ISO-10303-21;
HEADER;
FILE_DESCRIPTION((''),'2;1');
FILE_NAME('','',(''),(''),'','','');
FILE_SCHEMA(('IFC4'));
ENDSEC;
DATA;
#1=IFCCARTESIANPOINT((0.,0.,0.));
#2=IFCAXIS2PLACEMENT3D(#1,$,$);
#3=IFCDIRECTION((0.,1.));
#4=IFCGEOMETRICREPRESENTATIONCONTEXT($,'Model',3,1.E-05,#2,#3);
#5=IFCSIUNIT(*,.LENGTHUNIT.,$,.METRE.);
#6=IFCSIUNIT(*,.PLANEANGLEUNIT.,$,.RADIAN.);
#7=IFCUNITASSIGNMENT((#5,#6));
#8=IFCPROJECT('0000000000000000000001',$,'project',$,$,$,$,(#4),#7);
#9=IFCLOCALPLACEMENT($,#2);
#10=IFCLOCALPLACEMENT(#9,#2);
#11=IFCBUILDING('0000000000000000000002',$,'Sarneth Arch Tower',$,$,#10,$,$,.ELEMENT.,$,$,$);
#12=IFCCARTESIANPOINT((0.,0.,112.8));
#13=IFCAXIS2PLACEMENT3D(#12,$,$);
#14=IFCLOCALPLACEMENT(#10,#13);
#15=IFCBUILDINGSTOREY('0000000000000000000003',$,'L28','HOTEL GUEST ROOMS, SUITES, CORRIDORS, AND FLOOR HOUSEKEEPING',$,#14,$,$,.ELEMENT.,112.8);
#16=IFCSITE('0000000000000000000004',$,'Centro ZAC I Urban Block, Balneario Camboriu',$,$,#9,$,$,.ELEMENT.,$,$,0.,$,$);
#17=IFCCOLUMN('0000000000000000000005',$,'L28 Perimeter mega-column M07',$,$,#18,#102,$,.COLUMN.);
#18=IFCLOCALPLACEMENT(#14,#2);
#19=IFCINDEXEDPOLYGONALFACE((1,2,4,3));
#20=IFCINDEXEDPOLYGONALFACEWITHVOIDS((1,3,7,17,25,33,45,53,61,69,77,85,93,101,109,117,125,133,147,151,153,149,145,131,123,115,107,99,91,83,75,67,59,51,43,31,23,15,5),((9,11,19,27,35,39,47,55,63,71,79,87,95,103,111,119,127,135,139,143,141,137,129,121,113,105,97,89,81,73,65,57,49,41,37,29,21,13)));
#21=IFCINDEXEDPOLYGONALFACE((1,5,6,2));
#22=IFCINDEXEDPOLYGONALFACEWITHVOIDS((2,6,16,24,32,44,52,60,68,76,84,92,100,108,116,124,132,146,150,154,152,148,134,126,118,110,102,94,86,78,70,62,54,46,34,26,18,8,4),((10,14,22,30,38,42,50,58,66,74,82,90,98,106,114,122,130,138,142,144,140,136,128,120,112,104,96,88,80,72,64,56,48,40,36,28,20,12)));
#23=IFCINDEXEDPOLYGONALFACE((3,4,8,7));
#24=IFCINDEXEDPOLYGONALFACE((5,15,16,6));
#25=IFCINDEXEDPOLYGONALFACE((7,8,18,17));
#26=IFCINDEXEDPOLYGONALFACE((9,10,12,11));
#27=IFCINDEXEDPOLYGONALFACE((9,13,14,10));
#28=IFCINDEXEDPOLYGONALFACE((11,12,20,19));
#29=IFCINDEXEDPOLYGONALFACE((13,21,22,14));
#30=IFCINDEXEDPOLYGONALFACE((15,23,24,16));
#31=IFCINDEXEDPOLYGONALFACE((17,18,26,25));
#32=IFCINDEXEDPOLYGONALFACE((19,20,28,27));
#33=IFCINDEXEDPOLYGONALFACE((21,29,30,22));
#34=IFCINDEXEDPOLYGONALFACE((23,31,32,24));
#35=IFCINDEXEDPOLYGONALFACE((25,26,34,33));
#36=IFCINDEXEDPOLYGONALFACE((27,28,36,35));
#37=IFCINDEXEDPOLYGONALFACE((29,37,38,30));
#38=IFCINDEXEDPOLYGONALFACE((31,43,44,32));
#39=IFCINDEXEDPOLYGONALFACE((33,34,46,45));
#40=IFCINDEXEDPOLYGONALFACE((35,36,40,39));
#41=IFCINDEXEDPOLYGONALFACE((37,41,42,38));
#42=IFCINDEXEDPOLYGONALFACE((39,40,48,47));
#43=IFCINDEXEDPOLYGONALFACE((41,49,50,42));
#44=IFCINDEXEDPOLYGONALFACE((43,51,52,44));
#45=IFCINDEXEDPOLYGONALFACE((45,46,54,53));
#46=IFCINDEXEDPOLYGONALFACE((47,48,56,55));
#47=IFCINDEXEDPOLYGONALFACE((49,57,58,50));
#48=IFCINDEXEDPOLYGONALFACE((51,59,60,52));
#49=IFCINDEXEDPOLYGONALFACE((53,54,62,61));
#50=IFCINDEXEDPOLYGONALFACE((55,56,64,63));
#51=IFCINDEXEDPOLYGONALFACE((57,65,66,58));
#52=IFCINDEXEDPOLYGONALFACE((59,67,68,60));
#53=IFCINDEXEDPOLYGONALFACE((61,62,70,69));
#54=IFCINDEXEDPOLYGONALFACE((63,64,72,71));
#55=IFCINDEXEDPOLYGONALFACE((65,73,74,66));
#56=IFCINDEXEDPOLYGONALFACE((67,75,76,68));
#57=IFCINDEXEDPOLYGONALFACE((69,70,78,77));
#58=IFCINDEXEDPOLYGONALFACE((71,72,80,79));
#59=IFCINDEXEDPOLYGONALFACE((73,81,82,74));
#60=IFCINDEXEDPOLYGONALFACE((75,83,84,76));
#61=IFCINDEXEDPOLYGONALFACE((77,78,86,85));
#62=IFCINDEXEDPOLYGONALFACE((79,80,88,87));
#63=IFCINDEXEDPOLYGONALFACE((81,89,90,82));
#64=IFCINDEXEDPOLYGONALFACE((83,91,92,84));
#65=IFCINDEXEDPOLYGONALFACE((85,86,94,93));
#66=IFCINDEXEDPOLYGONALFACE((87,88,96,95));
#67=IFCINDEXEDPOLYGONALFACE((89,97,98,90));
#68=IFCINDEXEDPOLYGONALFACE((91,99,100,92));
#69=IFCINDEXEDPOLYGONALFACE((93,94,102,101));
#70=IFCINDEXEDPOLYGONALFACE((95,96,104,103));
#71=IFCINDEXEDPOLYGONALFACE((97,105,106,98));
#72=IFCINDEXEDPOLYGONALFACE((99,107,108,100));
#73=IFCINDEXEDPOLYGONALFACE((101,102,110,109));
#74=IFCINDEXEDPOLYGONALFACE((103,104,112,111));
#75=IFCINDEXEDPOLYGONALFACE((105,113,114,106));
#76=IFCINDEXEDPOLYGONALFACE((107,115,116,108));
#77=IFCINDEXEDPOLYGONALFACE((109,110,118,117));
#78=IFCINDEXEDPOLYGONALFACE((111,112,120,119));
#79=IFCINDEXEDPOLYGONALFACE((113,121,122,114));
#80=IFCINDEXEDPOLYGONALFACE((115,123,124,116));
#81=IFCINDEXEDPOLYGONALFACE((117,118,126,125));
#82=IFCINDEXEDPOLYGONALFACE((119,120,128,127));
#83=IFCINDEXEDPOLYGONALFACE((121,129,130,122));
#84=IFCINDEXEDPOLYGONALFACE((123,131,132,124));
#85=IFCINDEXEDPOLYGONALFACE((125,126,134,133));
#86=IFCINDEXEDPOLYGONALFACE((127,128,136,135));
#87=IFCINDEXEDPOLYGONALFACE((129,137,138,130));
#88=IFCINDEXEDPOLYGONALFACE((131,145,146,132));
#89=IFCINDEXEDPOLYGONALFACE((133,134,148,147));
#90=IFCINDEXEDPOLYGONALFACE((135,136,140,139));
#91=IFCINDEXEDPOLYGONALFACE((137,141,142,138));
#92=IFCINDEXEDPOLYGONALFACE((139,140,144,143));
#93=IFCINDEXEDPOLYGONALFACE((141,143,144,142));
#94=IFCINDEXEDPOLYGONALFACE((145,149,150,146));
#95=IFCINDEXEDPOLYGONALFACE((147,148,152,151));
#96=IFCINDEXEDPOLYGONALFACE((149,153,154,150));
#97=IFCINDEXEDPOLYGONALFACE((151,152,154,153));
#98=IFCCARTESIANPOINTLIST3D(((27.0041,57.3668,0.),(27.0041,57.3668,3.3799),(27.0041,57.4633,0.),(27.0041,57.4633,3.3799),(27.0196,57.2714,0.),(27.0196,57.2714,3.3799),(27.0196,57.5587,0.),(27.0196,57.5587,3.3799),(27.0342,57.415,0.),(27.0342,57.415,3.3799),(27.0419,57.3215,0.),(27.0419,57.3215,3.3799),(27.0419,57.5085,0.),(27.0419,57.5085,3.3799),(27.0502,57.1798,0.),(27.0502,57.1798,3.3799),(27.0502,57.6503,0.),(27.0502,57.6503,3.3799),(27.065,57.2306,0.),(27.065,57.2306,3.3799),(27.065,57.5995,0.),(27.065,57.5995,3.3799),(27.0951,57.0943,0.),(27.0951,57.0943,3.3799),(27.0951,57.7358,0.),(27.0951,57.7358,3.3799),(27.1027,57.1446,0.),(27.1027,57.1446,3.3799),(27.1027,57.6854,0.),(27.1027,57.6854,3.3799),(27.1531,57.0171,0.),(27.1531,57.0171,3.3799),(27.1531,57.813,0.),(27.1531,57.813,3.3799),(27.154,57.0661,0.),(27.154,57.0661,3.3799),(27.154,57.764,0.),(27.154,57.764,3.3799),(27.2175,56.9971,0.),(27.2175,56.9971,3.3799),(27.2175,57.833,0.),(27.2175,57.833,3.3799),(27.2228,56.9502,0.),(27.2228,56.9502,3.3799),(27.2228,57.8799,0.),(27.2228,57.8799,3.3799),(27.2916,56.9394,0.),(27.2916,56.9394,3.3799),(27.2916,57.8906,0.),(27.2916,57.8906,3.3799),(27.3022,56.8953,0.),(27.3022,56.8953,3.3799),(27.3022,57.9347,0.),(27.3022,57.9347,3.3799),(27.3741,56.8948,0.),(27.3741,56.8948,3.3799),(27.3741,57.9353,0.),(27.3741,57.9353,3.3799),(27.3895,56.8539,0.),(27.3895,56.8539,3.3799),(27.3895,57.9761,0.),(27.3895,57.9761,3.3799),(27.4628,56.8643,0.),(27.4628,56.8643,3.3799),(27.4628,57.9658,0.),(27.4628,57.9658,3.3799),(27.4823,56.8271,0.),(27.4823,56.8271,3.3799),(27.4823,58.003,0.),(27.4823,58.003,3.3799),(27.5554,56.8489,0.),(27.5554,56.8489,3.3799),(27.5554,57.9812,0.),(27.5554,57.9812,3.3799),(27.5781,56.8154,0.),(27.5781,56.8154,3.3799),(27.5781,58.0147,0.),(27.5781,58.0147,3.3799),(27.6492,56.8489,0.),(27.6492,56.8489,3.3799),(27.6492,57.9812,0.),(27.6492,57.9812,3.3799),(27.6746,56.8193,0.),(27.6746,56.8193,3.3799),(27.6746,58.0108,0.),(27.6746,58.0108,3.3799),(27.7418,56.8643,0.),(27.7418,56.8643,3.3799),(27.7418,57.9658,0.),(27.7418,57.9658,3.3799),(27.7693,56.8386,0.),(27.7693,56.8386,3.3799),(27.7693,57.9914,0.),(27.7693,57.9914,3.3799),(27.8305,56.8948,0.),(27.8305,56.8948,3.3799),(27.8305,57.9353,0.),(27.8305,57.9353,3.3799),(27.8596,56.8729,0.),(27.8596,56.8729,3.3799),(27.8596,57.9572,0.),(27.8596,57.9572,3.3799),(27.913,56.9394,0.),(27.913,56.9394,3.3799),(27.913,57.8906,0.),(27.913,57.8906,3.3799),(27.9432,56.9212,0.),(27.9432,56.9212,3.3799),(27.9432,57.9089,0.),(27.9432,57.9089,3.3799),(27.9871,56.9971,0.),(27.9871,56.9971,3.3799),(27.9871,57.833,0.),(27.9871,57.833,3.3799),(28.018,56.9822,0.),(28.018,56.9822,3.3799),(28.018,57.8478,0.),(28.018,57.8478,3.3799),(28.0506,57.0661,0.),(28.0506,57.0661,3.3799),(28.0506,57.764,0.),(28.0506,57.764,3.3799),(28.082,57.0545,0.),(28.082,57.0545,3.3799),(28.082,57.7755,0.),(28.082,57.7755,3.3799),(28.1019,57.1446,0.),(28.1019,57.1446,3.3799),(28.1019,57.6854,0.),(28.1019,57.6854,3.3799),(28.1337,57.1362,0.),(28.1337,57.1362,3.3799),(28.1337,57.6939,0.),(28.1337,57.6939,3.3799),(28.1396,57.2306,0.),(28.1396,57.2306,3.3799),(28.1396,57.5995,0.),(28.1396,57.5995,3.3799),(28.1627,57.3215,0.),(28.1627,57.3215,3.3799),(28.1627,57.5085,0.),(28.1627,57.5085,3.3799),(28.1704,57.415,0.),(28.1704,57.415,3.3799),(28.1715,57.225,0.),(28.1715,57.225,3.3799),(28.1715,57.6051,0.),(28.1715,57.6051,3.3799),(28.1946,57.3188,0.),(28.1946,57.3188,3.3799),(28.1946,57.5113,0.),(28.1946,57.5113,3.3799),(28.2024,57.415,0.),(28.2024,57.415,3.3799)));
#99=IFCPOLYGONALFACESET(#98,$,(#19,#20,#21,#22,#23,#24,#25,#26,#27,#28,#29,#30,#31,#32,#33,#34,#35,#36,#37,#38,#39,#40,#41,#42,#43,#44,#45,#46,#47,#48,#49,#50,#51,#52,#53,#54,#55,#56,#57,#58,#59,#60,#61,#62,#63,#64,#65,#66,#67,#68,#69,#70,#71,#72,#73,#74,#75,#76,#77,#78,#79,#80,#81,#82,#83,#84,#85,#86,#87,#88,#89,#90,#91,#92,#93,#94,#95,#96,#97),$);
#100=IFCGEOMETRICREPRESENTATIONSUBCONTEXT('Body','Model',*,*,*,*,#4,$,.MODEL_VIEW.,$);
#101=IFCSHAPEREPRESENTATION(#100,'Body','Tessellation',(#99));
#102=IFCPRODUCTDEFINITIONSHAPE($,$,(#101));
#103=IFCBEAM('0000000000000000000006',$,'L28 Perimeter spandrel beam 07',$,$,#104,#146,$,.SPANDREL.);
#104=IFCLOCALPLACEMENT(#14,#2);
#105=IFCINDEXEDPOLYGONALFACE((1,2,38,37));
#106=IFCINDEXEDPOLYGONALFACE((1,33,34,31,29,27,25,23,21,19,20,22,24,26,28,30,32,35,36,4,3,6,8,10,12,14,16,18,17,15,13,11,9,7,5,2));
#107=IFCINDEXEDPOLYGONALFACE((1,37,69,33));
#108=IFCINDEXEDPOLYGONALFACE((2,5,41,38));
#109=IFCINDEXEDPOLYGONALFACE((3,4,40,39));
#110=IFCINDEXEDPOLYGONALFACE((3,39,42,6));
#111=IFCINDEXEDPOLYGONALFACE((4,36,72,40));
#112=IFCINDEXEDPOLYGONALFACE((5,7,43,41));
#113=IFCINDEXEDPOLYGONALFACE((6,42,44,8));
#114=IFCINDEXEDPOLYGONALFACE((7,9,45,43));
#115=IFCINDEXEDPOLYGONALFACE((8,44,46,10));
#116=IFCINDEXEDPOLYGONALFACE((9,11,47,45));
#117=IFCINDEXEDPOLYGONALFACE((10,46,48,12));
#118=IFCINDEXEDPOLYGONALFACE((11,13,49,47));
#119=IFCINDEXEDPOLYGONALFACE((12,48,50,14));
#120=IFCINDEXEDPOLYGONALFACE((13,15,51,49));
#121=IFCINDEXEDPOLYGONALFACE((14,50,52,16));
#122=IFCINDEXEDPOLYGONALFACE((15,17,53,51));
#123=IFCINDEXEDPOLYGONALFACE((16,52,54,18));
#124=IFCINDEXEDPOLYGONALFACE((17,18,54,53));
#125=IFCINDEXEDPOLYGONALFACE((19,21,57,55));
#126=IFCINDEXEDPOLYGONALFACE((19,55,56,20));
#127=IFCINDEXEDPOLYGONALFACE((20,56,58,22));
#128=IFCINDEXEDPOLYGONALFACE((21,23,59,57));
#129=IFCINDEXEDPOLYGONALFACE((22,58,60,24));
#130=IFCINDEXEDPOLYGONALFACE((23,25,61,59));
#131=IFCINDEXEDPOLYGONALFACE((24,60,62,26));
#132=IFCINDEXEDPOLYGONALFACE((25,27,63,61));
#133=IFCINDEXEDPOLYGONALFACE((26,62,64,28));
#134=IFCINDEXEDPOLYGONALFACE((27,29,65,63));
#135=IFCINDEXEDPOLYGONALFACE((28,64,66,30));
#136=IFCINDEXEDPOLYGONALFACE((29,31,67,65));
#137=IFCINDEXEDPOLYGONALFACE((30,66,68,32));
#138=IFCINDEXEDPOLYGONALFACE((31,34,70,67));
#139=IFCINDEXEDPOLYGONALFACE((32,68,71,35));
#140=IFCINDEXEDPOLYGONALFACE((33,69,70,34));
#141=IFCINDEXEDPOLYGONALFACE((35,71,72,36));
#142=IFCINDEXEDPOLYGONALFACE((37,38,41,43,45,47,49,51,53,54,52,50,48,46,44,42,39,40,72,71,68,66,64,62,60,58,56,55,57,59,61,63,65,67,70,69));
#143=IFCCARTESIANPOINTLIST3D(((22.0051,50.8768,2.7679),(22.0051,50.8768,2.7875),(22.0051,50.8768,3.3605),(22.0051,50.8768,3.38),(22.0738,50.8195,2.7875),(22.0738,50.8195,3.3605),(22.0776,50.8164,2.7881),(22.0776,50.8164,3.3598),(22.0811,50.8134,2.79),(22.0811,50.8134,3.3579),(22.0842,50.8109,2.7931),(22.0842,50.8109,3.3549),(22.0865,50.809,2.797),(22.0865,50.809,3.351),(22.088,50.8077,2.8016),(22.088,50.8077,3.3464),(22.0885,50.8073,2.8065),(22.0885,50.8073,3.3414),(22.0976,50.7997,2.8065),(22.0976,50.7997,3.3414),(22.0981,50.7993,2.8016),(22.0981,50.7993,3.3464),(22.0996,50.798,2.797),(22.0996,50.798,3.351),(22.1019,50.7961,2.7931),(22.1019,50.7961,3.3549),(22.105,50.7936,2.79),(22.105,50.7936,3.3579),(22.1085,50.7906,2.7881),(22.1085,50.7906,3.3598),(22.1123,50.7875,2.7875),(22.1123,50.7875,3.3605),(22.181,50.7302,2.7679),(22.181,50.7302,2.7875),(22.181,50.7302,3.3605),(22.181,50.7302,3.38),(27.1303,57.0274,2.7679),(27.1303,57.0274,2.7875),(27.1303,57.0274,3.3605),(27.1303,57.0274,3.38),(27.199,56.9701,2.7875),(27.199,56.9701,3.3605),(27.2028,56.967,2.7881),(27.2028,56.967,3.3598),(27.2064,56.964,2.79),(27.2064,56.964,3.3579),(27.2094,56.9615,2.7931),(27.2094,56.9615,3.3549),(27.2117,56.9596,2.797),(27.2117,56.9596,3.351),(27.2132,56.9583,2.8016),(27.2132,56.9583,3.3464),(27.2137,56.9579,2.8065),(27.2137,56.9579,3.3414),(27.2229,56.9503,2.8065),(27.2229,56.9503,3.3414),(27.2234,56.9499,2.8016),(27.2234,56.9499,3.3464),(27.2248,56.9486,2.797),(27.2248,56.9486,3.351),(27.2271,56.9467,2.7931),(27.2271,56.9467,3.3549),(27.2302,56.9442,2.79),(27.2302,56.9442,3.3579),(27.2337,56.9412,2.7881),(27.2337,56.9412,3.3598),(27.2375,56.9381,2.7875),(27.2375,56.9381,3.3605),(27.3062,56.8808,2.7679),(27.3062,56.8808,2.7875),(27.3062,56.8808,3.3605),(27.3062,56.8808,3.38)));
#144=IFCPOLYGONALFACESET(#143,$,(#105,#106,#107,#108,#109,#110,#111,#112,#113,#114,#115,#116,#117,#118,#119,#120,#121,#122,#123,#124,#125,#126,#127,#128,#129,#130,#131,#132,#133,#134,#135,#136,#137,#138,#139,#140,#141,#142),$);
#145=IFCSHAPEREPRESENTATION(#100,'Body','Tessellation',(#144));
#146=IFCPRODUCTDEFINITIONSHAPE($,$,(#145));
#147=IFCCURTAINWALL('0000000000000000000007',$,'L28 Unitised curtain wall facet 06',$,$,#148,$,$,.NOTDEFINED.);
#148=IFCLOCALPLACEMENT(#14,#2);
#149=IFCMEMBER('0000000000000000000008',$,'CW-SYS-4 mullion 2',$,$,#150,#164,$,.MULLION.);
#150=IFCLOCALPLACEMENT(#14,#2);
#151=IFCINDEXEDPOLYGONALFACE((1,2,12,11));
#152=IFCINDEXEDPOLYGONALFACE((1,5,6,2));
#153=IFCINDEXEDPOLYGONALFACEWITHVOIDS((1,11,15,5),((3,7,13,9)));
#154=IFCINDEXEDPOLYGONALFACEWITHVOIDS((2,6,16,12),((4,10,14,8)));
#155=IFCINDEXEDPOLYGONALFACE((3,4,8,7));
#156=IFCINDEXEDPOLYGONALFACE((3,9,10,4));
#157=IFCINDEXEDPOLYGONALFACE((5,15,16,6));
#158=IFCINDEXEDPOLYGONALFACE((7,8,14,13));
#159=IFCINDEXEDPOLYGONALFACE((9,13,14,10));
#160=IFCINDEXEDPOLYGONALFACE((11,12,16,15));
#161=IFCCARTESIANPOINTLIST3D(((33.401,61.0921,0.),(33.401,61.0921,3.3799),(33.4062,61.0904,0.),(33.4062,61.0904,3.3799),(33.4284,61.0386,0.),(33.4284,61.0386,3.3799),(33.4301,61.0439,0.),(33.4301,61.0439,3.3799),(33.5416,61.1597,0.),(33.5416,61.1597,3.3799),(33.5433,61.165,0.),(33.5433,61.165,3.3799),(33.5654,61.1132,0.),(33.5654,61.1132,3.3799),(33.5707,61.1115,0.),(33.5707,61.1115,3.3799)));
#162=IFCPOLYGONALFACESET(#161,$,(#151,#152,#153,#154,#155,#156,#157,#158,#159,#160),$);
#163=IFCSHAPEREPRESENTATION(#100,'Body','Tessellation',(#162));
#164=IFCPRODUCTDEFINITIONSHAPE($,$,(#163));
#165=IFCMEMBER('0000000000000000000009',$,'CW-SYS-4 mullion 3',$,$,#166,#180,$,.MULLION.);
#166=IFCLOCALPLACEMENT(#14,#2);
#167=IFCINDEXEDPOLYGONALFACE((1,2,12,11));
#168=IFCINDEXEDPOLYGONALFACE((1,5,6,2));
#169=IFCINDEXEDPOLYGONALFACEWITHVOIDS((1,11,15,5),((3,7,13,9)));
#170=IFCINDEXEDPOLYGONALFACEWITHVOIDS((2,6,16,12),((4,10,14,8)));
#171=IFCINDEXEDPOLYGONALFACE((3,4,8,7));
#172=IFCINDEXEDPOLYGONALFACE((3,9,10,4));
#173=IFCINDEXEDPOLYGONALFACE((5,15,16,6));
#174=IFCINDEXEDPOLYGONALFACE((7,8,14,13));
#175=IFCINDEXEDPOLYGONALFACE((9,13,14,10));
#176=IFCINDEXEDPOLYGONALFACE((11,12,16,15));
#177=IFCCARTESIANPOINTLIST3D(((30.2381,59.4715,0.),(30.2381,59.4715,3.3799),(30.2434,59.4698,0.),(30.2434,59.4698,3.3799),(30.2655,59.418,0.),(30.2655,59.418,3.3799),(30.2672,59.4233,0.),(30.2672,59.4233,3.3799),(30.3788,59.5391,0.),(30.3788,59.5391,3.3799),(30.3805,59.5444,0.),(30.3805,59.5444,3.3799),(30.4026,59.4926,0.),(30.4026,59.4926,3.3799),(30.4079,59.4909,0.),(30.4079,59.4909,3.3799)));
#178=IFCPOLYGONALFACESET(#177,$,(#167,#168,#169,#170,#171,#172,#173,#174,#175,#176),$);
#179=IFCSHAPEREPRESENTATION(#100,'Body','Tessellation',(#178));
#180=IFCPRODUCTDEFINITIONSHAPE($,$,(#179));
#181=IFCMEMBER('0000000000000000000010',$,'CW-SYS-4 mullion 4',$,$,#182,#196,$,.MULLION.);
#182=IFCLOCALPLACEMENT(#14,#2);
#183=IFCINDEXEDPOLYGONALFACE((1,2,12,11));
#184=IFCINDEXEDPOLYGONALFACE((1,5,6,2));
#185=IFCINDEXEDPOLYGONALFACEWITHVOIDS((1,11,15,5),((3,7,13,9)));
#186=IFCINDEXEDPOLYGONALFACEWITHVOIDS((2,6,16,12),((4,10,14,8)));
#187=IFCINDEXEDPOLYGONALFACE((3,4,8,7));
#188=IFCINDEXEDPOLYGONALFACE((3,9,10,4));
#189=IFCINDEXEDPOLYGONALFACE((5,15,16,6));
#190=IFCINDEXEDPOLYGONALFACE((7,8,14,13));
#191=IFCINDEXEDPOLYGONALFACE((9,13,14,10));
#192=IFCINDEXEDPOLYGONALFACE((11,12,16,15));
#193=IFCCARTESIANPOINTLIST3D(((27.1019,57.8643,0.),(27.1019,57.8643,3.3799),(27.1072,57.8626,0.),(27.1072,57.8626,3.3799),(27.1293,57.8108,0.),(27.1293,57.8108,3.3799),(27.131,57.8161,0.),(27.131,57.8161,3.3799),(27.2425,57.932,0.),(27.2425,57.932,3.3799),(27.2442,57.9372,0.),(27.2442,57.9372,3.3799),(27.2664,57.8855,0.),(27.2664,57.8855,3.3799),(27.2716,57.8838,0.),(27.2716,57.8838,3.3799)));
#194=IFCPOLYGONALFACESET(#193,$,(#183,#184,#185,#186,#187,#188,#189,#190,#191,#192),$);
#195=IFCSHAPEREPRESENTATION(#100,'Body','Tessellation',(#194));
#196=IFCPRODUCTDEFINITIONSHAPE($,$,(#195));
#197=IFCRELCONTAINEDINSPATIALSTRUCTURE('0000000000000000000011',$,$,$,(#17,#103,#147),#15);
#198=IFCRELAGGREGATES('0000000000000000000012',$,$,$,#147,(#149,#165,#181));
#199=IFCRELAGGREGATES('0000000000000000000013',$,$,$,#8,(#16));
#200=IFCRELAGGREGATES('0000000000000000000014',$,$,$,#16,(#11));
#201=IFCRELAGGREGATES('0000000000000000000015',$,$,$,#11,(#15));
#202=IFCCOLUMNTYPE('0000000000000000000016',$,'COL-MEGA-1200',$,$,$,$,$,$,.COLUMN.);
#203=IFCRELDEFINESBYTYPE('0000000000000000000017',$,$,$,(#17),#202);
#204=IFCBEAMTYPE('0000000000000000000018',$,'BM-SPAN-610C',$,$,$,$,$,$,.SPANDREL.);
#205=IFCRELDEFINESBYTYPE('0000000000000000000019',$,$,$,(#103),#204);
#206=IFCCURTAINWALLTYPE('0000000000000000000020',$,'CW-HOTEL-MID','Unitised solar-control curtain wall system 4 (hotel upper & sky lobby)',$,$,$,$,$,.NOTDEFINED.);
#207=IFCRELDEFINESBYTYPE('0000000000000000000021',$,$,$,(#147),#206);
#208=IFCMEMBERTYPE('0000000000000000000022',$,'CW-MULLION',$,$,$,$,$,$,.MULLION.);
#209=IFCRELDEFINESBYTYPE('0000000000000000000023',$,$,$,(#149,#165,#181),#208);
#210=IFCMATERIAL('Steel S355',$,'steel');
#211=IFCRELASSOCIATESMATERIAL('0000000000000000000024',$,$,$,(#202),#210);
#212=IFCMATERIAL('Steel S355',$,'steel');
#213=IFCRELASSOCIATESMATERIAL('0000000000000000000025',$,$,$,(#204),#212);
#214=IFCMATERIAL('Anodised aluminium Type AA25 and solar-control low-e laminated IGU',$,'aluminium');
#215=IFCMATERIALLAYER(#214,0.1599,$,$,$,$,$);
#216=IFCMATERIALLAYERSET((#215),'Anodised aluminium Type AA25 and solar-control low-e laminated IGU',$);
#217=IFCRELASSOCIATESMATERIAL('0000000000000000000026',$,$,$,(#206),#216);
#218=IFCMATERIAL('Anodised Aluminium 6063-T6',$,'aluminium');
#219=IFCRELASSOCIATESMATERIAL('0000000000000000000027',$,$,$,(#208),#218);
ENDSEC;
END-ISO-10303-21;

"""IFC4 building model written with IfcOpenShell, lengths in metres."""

from ifc_helpers import new_model, si_unit, direction, frame, origin, origin_2d, place, context, subcontext, project, spatial, hollow_rectangle, hollow_circle, i_section, extrude, material, layer, layer_set, material_profile, profile_set, type_object, element, aggregate, save


model = new_model("IFC4")

# Units and contexts
model_context = context("Model", 3, precision=1e-05, world=origin(), true_north=direction((0.0, 1.0)))
body_context = subcontext(model_context, "Body", "Model", "MODEL_VIEW")
ifc_project = project(units=[si_unit("LENGTHUNIT", "METRE"), si_unit("PLANEANGLEUNIT", "RADIAN")], contexts=[model_context])

# Site, building, storey
site_placement = place(None, origin())
site = spatial("IfcSite", under=ifc_project, at=site_placement, Name="Centro ZAC I Urban Block, Balneario Camboriu", CompositionType="ELEMENT", RefElevation=0.0)
building_placement = place(site_placement, origin())
building = spatial("IfcBuilding", under=site, at=building_placement, Name="Sarneth Arch Tower", CompositionType="ELEMENT")
storey_placement = place(building_placement, frame((0.0, 0.0, 112.8)))
storey = spatial("IfcBuildingStorey", under=building, at=storey_placement, Name="L28", Description="HOTEL GUEST ROOMS, SUITES, CORRIDORS, AND FLOOR HOUSEKEEPING", CompositionType="ELEMENT", Elevation=112.8)

# Column
ifc_material_1 = material(Name="Steel S355", Category="steel")
ifc_material_profile_1 = material_profile(ifc_material_1, hollow_circle(Radius=0.6001, WallThickness=0.032, at=origin_2d()), Name="CHS1200x32")
ifc_profile_set_1 = profile_set([ifc_material_profile_1], Name="Steel S355")
column_type = type_object("IfcColumnType", Name="COL-MEGA-1200", PredefinedType="COLUMN", material=ifc_profile_set_1)
column_placement = place(storey_placement, frame((27.6023, 57.415, 0.0), z_axis=(0.0, 0.0, 1.0), x_axis=(1.0, 0.0, 0.0)))
element("IfcColumn", 1, at=column_placement, inside=storey, type_object=column_type, Name="L28 Perimeter mega-column M07", PredefinedType="COLUMN", context=body_context, shape_type="SweptSolid", body=[
    extrude(hollow_circle(Radius=0.6001, WallThickness=0.032, at=origin_2d()), origin(), (0.0, 0.0, 1.0), 3.3799),
])

# Beam
ifc_material_2 = material(Name="Steel S355", Category="steel")
ifc_material_profile_2 = material_profile(ifc_material_2, i_section(OverallWidth=0.229, OverallDepth=0.6121, WebThickness=0.012, FlangeThickness=0.0195, FilletRadius=0.019, at=origin_2d()), Name="W610x125")
ifc_profile_set_2 = profile_set([ifc_material_profile_2], Name="Steel S355")
beam_type = type_object("IfcBeamType", Name="BM-SPAN-610C", PredefinedType="SPANDREL", material=ifc_profile_set_2)
beam_placement = place(storey_placement, frame((27.2183, 56.9541, 3.074), z_axis=(-0.640163, -0.768239, 0.0), x_axis=(0.768239, -0.640163, 0.0)))
element("IfcBeam", 2, at=beam_placement, inside=storey, type_object=beam_type, Name="L28 Perimeter spandrel beam 07", PredefinedType="SPANDREL", context=body_context, shape_type="SweptSolid", body=[
    extrude(i_section(OverallWidth=0.229, OverallDepth=0.6121, WebThickness=0.012, FlangeThickness=0.0195, FilletRadius=0.019, at=origin_2d()), origin(), (0.0, 0.0, 1.0), 8.0061),
])

# Curtain wall, members
ifc_material_3 = material(Name="Anodised aluminium Type AA25 and solar-control low-e laminated IGU", Category="aluminium")
ifc_layer_1 = layer(ifc_material_3, 0.1599)
ifc_layer_set_1 = layer_set([ifc_layer_1], Name="Anodised aluminium Type AA25 and solar-control low-e laminated IGU")
curtain_wall_type = type_object("IfcCurtainWallType", Name="CW-HOTEL-MID", Description="Unitised solar-control curtain wall system 4 (hotel upper & sky lobby)", PredefinedType="NOTDEFINED", material=ifc_layer_set_1)
curtain_wall_placement = place(storey_placement, origin())
curtain_wall = element("IfcCurtainWall", 3, at=curtain_wall_placement, inside=storey, type_object=curtain_wall_type, Name="L28 Unitised curtain wall facet 06", PredefinedType="NOTDEFINED")
ifc_material_4 = material(Name="Anodised Aluminium 6063-T6", Category="aluminium")
ifc_material_profile_3 = material_profile(ifc_material_4, hollow_rectangle(XDim=0.0601, YDim=0.1599, WallThickness=0.0039, at=origin_2d()), Name="AL-MULL-160x60x4")
ifc_profile_set_3 = profile_set([ifc_material_profile_3], Name="Anodised Aluminium 6063-T6")
member_type_1 = type_object("IfcMemberType", Name="CW-MULLION", PredefinedType="MULLION", material=ifc_profile_set_3)
member_1_placement = place(storey_placement, frame((33.4858, 61.1018, 0.0), z_axis=(0.0, 0.0, 1.0), x_axis=(0.456031, -0.889964, 0.0)))
member_1 = element("IfcMember", 4, at=member_1_placement, type_object=member_type_1, Name="CW-SYS-4 mullion 2", PredefinedType="MULLION", context=body_context, shape_type="SweptSolid", body=[
    extrude(hollow_rectangle(XDim=0.0601, YDim=0.1599, WallThickness=0.0039, at=origin_2d()), origin(), (0.0, 0.0, 1.0), 3.3799),
])
member_2_placement = place(storey_placement, frame((30.323, 59.4812, 0.0), z_axis=(0.0, 0.0, 1.0), x_axis=(0.456031, -0.889964, 0.0)))
member_2 = element("IfcMember", 5, at=member_2_placement, type_object=member_type_1, Name="CW-SYS-4 mullion 3", PredefinedType="MULLION", context=body_context, shape_type="SweptSolid", body=[
    extrude(hollow_rectangle(XDim=0.0601, YDim=0.1599, WallThickness=0.0039, at=origin_2d()), origin(), (0.0, 0.0, 1.0), 3.3799),
])
member_3_placement = place(storey_placement, frame((27.1868, 57.874, 0.0), z_axis=(0.0, 0.0, 1.0), x_axis=(0.456031, -0.889964, 0.0)))
member_3 = element("IfcMember", 6, at=member_3_placement, type_object=member_type_1, Name="CW-SYS-4 mullion 4", PredefinedType="MULLION", context=body_context, shape_type="SweptSolid", body=[
    extrude(hollow_rectangle(XDim=0.0601, YDim=0.1599, WallThickness=0.0039, at=origin_2d()), origin(), (0.0, 0.0, 1.0), 3.3799),
])

aggregate(curtain_wall, [member_1, member_2, member_3])

save(model, "model.ifc")
